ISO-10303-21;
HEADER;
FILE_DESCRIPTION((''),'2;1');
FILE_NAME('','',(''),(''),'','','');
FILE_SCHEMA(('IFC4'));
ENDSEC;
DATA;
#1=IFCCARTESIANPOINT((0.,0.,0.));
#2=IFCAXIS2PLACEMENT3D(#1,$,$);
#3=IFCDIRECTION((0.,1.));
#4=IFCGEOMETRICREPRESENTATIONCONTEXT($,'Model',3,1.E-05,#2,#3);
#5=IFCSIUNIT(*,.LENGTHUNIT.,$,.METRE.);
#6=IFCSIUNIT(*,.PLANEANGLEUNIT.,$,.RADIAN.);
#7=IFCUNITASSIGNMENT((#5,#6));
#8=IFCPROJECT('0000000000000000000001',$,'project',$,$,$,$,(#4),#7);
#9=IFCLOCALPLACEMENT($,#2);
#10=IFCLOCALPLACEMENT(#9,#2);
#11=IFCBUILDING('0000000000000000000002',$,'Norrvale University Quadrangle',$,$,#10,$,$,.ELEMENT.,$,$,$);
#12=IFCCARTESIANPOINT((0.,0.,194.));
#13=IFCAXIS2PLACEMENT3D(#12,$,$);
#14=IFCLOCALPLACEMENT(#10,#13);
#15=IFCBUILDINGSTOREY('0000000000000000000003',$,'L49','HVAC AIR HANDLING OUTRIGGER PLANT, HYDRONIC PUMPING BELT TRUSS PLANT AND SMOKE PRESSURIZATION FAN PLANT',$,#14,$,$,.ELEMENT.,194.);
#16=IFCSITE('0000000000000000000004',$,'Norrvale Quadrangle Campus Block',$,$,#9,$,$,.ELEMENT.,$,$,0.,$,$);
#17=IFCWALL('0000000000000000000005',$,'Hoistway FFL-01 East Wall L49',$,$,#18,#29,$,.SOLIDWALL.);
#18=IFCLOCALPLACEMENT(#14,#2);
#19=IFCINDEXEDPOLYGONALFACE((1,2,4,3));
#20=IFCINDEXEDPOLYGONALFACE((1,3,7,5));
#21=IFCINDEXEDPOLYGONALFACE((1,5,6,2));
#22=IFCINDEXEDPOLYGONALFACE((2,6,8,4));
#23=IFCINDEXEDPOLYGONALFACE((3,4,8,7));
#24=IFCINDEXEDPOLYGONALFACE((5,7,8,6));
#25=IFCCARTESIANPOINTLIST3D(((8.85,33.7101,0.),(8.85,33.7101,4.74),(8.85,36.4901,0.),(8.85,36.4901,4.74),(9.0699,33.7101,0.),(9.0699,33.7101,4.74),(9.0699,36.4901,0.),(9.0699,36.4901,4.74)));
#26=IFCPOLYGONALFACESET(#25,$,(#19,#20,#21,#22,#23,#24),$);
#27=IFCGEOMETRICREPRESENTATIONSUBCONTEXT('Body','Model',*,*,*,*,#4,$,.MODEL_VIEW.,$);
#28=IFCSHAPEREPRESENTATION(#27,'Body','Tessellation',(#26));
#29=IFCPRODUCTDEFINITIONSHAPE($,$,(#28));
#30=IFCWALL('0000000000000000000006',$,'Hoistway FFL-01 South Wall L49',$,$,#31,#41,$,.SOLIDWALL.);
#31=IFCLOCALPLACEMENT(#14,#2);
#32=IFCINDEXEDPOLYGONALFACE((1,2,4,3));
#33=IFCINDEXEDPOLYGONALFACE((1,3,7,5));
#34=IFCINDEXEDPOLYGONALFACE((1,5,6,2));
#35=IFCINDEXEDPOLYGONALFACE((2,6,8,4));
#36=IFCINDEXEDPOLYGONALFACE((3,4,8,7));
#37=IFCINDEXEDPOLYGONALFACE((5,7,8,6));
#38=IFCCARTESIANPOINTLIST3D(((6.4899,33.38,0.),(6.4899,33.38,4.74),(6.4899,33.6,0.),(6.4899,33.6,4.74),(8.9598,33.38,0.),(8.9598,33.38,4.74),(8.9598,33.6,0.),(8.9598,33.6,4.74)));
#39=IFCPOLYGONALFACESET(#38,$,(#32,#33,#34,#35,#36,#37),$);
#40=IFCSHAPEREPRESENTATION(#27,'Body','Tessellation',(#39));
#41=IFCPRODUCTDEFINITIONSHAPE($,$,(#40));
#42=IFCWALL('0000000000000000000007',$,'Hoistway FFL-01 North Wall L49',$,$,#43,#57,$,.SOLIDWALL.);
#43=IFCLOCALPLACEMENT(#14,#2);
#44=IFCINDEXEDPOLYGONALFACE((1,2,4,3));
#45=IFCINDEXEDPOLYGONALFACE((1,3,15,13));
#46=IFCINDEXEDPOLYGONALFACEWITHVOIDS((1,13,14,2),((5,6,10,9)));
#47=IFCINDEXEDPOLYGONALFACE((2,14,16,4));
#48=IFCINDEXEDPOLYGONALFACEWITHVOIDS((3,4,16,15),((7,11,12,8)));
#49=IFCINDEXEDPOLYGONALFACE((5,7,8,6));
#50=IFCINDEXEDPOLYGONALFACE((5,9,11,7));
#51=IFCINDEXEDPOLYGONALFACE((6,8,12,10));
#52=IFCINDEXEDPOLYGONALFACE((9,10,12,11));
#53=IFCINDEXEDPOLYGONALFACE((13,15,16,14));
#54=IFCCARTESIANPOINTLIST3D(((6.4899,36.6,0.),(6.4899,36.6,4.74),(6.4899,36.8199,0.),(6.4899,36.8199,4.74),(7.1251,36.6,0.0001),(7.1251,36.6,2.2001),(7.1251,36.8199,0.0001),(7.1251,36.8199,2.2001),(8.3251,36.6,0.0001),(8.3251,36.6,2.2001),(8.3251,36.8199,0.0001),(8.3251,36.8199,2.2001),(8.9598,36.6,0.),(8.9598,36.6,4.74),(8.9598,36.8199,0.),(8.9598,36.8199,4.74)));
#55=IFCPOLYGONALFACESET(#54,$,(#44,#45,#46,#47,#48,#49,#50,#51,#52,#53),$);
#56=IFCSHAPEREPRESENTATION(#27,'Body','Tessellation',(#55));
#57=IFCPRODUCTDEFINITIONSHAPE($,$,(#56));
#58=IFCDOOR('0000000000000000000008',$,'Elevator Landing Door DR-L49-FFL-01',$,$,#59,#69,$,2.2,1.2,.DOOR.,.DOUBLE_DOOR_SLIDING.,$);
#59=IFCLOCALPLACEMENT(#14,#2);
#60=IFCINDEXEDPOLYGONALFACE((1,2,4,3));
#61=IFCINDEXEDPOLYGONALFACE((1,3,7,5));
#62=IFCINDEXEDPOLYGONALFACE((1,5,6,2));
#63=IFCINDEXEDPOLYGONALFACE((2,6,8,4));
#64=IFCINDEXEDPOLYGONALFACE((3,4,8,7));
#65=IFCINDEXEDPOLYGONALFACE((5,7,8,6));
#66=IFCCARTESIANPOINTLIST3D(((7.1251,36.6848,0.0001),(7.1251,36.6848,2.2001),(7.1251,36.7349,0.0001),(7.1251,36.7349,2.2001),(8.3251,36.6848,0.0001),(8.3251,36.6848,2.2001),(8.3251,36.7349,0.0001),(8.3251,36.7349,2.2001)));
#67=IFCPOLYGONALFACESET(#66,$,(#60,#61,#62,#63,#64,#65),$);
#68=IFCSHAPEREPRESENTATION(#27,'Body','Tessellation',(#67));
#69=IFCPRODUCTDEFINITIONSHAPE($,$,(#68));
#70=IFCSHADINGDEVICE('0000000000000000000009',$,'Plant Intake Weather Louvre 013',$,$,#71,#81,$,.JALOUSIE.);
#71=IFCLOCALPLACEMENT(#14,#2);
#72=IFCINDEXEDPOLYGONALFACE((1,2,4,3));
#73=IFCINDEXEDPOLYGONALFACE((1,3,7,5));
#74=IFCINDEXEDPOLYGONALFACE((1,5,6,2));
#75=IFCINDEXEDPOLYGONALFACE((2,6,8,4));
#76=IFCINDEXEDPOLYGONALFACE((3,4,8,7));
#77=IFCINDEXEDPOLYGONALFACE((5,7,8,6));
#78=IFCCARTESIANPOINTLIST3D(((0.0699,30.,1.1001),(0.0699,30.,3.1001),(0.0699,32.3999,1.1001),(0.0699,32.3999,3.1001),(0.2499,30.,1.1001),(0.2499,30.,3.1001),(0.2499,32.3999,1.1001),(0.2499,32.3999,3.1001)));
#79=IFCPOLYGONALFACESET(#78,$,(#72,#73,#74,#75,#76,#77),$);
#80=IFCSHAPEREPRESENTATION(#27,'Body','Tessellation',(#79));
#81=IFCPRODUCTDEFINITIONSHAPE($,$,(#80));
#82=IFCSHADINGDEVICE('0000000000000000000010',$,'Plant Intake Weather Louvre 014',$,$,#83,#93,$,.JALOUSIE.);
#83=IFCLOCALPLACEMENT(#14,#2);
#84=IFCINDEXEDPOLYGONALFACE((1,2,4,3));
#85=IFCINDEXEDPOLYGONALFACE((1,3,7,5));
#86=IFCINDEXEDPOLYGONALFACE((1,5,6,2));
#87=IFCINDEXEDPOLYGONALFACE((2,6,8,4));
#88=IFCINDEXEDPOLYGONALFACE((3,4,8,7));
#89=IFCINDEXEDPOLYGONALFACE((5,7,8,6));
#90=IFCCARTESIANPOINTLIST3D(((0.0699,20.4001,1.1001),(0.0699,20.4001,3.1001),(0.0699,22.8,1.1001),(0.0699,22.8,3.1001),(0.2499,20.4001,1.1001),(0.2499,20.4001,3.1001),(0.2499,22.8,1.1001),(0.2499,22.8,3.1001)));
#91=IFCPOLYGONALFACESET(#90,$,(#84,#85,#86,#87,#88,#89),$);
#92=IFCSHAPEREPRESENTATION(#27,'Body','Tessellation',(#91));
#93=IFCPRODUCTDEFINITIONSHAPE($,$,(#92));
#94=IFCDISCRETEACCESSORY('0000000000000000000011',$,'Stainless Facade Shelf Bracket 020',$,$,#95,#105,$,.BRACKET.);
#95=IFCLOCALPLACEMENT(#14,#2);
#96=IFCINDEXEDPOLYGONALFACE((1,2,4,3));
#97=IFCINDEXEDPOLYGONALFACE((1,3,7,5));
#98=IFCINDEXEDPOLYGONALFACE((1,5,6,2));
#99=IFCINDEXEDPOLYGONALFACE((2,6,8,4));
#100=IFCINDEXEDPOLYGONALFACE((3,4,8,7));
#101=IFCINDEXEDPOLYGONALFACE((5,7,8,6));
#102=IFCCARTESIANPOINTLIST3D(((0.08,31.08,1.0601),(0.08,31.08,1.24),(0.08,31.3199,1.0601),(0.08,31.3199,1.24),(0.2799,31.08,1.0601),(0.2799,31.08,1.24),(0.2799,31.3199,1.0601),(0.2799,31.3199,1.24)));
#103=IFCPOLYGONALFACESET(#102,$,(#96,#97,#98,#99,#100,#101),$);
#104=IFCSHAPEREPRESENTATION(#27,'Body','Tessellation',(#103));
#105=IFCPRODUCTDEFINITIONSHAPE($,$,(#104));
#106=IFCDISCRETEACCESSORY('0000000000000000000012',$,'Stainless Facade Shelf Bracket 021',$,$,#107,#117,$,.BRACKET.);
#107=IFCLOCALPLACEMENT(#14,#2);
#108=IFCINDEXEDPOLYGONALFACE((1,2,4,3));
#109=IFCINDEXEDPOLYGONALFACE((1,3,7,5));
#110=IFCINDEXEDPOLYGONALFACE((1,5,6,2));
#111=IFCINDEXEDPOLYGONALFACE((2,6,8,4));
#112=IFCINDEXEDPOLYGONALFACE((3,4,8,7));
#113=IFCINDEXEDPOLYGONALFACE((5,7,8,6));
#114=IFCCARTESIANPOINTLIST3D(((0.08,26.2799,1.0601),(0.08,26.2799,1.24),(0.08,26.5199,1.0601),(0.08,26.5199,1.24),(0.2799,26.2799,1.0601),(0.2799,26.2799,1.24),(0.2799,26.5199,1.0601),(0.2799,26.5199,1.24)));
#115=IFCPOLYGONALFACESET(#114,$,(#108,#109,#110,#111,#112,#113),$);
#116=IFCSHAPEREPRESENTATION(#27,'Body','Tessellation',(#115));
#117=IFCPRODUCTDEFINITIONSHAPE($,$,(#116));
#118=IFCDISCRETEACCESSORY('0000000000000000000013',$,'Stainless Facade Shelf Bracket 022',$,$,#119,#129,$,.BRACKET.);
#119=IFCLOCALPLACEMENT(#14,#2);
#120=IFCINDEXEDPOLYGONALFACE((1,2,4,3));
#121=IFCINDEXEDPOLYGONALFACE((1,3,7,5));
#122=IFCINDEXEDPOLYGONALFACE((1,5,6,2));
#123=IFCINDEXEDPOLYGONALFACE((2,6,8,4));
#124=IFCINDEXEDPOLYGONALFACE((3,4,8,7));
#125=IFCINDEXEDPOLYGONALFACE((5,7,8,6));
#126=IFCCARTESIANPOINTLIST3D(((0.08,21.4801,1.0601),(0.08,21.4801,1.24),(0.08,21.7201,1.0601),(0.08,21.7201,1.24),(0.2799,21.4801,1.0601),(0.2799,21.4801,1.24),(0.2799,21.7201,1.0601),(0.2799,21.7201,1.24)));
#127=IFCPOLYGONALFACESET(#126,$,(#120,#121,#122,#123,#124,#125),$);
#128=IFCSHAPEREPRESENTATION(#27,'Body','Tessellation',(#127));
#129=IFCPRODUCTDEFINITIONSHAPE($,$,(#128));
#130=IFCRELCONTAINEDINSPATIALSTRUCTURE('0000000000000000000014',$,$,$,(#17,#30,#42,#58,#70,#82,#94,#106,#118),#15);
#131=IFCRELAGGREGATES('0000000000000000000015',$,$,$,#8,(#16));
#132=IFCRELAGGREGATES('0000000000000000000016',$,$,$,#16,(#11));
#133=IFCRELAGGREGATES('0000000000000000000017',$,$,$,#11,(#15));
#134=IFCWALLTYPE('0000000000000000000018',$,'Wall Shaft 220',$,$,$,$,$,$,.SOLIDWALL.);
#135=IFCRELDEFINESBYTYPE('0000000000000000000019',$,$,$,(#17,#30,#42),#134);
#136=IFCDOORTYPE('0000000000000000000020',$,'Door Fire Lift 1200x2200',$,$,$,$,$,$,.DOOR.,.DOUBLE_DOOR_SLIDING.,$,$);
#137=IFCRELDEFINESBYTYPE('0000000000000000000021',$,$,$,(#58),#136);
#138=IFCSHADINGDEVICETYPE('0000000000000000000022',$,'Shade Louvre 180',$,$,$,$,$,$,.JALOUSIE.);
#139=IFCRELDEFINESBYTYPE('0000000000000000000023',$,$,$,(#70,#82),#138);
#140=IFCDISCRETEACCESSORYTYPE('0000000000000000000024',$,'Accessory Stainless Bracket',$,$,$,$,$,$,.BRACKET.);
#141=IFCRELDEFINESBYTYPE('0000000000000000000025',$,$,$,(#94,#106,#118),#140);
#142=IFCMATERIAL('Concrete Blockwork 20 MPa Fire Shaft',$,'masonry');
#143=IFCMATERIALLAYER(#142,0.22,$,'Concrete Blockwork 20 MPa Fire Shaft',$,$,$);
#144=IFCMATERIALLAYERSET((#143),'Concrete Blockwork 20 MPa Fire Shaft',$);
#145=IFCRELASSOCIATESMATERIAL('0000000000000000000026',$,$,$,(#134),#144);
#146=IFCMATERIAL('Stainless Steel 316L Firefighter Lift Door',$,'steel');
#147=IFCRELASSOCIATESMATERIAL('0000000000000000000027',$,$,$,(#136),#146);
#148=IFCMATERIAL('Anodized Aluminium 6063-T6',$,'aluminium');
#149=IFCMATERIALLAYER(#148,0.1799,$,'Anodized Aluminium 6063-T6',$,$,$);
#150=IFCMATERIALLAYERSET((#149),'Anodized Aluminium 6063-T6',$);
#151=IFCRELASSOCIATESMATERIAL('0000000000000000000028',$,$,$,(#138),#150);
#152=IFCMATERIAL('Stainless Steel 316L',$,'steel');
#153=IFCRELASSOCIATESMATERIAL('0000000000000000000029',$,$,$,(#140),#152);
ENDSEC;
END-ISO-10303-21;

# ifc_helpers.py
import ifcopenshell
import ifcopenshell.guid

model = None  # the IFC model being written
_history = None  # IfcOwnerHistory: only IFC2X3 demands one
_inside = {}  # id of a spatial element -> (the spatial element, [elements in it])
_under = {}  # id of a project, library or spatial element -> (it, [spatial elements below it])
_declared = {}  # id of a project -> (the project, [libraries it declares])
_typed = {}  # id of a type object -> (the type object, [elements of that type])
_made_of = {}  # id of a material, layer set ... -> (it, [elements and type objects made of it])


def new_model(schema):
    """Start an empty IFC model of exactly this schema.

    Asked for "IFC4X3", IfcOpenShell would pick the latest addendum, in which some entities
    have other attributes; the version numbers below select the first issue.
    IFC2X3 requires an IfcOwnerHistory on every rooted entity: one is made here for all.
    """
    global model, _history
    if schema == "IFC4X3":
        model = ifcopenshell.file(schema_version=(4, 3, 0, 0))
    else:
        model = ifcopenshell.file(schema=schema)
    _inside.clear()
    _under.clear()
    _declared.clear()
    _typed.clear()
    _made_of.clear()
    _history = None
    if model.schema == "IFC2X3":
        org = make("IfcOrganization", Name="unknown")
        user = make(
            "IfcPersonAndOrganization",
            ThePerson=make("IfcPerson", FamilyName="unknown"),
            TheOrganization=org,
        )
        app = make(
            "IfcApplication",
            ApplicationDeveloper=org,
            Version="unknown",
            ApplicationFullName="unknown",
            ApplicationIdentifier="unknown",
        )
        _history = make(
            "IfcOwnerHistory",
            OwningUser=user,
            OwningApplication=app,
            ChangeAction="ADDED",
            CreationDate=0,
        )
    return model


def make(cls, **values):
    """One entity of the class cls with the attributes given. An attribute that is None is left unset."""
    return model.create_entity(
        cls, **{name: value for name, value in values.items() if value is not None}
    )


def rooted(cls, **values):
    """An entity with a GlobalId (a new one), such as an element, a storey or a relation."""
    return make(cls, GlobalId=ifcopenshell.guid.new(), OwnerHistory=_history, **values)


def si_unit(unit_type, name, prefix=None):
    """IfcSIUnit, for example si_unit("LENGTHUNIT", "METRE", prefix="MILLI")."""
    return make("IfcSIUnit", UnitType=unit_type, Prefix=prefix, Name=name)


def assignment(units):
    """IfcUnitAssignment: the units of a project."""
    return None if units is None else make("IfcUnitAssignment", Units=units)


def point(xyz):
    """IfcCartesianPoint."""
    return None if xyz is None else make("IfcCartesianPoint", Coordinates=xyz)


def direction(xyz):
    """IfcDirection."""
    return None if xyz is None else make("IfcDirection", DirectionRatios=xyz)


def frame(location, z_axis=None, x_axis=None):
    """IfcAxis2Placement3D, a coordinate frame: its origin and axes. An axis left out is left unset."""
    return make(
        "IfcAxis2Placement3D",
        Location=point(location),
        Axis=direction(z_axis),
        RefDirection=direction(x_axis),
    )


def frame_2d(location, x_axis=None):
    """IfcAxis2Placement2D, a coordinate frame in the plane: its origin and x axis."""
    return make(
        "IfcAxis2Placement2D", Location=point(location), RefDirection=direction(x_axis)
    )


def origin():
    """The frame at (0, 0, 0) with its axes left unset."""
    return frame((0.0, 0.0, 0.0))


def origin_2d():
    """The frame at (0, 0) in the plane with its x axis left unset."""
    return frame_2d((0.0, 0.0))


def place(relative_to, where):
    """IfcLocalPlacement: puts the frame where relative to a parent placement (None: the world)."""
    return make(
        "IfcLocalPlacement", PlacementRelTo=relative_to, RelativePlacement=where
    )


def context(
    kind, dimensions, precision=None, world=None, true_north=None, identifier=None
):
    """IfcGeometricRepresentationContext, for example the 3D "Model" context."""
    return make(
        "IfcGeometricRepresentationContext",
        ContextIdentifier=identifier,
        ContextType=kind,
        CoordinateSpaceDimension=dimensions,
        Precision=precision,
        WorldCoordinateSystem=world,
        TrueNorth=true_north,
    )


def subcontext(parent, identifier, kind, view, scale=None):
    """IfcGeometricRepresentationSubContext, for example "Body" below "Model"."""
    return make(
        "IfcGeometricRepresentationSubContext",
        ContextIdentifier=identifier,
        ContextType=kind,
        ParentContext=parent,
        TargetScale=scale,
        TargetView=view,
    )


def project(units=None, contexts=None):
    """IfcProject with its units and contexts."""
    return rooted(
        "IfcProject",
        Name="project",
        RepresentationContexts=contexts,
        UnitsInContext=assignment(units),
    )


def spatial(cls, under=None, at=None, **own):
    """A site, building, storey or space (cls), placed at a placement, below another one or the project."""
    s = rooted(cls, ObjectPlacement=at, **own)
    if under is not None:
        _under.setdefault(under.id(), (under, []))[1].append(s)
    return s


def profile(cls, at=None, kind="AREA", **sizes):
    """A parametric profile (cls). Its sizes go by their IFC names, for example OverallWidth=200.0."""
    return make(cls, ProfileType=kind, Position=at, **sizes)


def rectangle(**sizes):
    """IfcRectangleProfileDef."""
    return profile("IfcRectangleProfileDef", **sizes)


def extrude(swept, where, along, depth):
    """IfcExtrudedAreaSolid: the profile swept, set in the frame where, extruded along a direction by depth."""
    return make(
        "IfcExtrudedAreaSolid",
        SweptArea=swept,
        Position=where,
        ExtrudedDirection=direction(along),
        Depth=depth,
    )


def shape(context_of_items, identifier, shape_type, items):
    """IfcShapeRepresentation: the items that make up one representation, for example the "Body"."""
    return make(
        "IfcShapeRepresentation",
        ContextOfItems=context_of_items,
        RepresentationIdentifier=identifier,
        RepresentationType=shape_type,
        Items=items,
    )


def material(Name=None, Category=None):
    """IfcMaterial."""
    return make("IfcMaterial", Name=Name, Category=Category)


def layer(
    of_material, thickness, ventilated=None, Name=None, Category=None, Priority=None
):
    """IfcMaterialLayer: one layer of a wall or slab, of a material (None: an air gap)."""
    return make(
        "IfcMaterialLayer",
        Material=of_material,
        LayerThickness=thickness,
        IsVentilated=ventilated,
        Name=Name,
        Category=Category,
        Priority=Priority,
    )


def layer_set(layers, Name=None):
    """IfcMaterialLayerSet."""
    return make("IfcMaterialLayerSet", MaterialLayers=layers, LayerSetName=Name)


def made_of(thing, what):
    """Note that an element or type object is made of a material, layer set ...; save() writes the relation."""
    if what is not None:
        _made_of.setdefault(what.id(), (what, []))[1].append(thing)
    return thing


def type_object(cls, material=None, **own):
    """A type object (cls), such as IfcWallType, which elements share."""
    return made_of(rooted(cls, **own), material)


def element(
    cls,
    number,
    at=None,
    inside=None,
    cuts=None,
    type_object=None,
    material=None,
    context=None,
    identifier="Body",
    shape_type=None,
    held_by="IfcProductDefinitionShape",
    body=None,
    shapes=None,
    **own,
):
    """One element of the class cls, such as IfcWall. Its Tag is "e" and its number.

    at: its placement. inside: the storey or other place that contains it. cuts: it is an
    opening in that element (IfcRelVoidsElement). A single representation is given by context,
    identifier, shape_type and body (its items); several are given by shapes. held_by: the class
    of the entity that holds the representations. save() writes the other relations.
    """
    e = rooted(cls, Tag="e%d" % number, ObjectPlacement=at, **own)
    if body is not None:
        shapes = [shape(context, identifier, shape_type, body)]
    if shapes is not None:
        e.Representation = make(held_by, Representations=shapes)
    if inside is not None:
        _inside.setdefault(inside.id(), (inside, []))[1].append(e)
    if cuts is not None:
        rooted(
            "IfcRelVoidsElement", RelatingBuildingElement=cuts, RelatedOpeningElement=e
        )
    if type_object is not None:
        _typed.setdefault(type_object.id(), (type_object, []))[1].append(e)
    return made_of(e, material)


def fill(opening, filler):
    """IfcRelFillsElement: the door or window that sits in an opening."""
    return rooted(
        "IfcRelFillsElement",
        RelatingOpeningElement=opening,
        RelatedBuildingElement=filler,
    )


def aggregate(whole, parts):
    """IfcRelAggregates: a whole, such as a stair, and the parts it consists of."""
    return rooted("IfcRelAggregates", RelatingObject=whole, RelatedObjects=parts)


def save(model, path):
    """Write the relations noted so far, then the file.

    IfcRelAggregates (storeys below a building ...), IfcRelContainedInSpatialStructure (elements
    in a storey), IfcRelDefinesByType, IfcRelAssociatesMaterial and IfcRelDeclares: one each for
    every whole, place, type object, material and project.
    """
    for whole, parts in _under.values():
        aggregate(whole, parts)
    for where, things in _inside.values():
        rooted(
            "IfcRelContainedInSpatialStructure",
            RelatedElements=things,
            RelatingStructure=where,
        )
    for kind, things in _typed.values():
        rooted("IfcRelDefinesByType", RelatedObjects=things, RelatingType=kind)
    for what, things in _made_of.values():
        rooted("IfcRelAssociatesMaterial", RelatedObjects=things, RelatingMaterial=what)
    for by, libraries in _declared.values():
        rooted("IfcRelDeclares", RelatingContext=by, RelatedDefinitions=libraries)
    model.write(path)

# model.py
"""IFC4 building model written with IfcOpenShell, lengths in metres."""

from ifc_helpers import new_model, si_unit, direction, frame, frame_2d, origin, origin_2d, place, context, subcontext, project, spatial, rectangle, extrude, material, layer, layer_set, type_object, element, fill, save


model = new_model("IFC4")

# Units and contexts
model_context = context("Model", 3, precision=1e-05, world=origin(), true_north=direction((0.0, 1.0)))
body_context = subcontext(model_context, "Body", "Model", "MODEL_VIEW")
ifc_project = project(units=[si_unit("LENGTHUNIT", "METRE"), si_unit("PLANEANGLEUNIT", "RADIAN")], contexts=[model_context])

# Site, building, storey
site_placement = place(None, origin())
site = spatial("IfcSite", under=ifc_project, at=site_placement, Name="Norrvale Quadrangle Campus Block", CompositionType="ELEMENT", RefElevation=0.0)
building_placement = place(site_placement, origin())
building = spatial("IfcBuilding", under=site, at=building_placement, Name="Norrvale University Quadrangle", CompositionType="ELEMENT")
storey_placement = place(building_placement, frame((0.0, 0.0, 194.0)))
storey = spatial("IfcBuildingStorey", under=building, at=storey_placement, Name="L49", Description="HVAC AIR HANDLING OUTRIGGER PLANT, HYDRONIC PUMPING BELT TRUSS PLANT AND SMOKE PRESSURIZATION FAN PLANT", CompositionType="ELEMENT", Elevation=194.0)

# Shared definitions
ifc_material_1 = material(Name="Concrete Blockwork 20 MPa Fire Shaft", Category="masonry")
ifc_layer_1 = layer(ifc_material_1, 0.22, Name="Concrete Blockwork 20 MPa Fire Shaft")
ifc_layer_set_1 = layer_set([ifc_layer_1], Name="Concrete Blockwork 20 MPa Fire Shaft")
wall_type_1 = type_object("IfcWallType", Name="Wall Shaft 220", PredefinedType="SOLIDWALL", material=ifc_layer_set_1)

# Walls
for number, where, z_axis, x_axis, name in (
    (1, (8.96, 33.71, 0.0), (0.0, 0.0, 1.0), (0.0, 1.0, 0.0), "Hoistway FFL-01 East Wall L49"),
):
    element("IfcWall", number, at=place(storey_placement, frame(where, z_axis=z_axis, x_axis=x_axis)), inside=storey, type_object=wall_type_1, Name=name, PredefinedType="SOLIDWALL", context=body_context, shape_type="SweptSolid", body=[
        extrude(rectangle(XDim=2.78, YDim=0.22, at=frame_2d((1.3901, 0.0))), origin(), (0.0, 0.0, 1.0), 4.74),
    ])
wall_1_placement = place(storey_placement, frame((6.49, 33.49, 0.0), z_axis=(0.0, 0.0, 1.0), x_axis=(1.0, 0.0, 0.0)))
element("IfcWall", 2, at=wall_1_placement, inside=storey, type_object=wall_type_1, Name="Hoistway FFL-01 South Wall L49", PredefinedType="SOLIDWALL", context=body_context, shape_type="SweptSolid", body=[
    extrude(rectangle(XDim=2.47, YDim=0.22, at=frame_2d((1.2349, 0.0))), origin(), (0.0, 0.0, 1.0), 4.74),
])

# Wall, opening, door
wall_2_placement = place(storey_placement, frame((6.49, 36.71, 0.0), z_axis=(0.0, 0.0, 1.0), x_axis=(1.0, 0.0, 0.0)))
wall_2 = element("IfcWall", 3, at=wall_2_placement, inside=storey, type_object=wall_type_1, Name="Hoistway FFL-01 North Wall L49", PredefinedType="SOLIDWALL", context=body_context, shape_type="SweptSolid", body=[
    extrude(rectangle(XDim=2.47, YDim=0.22, at=frame_2d((1.2349, 0.0))), origin(), (0.0, 0.0, 1.0), 4.74),
])
opening_1_placement = place(wall_2_placement, frame((0.635, 0.0, 0.0)))
opening_1 = element("IfcOpeningElement", 4, at=opening_1_placement, cuts=wall_2, PredefinedType="OPENING", context=body_context, shape_type="SweptSolid", body=[
    extrude(rectangle(XDim=1.2, YDim=2.2, at=frame_2d((0.6001, 1.1001))), frame((0.0, 0.1221, 0.0), z_axis=(0.0, -1.0, 0.0), x_axis=(1.0, 0.0, 0.0)), (0.0, 0.0, 1.0), 0.2439),
])
ifc_material_2 = material(Name="Stainless Steel 316L Firefighter Lift Door", Category="steel")
door_type_1 = type_object("IfcDoorType", Name="Door Fire Lift 1200x2200", OperationType="DOUBLE_DOOR_SLIDING", PredefinedType="DOOR", material=ifc_material_2)
door_1_placement = place(opening_1_placement, origin())
door_1 = element("IfcDoor", 5, at=door_1_placement, inside=storey, type_object=door_type_1, Name="Elevator Landing Door DR-L49-FFL-01", OperationType="DOUBLE_DOOR_SLIDING", OverallHeight=2.2, OverallWidth=1.2, PredefinedType="DOOR", context=body_context, shape_type="SweptSolid", body=[
    extrude(rectangle(XDim=1.2, YDim=2.2, at=frame_2d((0.6001, 1.1001))), frame((0.0, 0.0249, 0.0), z_axis=(0.0, -1.0, 0.0), x_axis=(1.0, 0.0, 0.0)), (0.0, 0.0, 1.0), 0.05),
])
fill(opening_1, door_1)

# Shading devices
ifc_material_3 = material(Name="Anodized Aluminium 6063-T6", Category="aluminium")
ifc_layer_2 = layer(ifc_material_3, 0.1799, Name="Anodized Aluminium 6063-T6")
ifc_layer_set_2 = layer_set([ifc_layer_2], Name="Anodized Aluminium 6063-T6")
shading_device_type = type_object("IfcShadingDeviceType", Name="Shade Louvre 180", PredefinedType="JALOUSIE", material=ifc_layer_set_2)
for number, where, z_axis, x_axis, name in (
    (6, (0.1599, 31.2, 1.1001), (0.0, 0.0, 1.0), (0.0, -1.0, 0.0), "Plant Intake Weather Louvre 013"),
    (7, (0.1599, 21.6001, 1.1001), (0.0, 0.0, 1.0), (0.0, -1.0, 0.0), "Plant Intake Weather Louvre 014"),
):
    element("IfcShadingDevice", number, at=place(storey_placement, frame(where, z_axis=z_axis, x_axis=x_axis)), inside=storey, type_object=shading_device_type, Name=name, PredefinedType="JALOUSIE", context=body_context, shape_type="SweptSolid", body=[
        extrude(rectangle(XDim=2.3999, YDim=0.1799, at=origin_2d()), origin(), (0.0, 0.0, 1.0), 2.0),
    ])

# Discrete accessories
ifc_material_4 = material(Name="Stainless Steel 316L", Category="steel")
discrete_accessory_type = type_object("IfcDiscreteAccessoryType", Name="Accessory Stainless Bracket", PredefinedType="BRACKET", material=ifc_material_4)
for number, where, z_axis, x_axis, name in (
    (8, (0.1799, 31.2, 1.0601), (0.0, 0.0, 1.0), (0.0, -1.0, 0.0), "Stainless Facade Shelf Bracket 020"),
    (9, (0.1799, 26.3999, 1.0601), (0.0, 0.0, 1.0), (0.0, -1.0, 0.0), "Stainless Facade Shelf Bracket 021"),
    (10, (0.1799, 21.6001, 1.0601), (0.0, 0.0, 1.0), (0.0, -1.0, 0.0), "Stainless Facade Shelf Bracket 022"),
):
    element("IfcDiscreteAccessory", number, at=place(storey_placement, frame(where, z_axis=z_axis, x_axis=x_axis)), inside=storey, type_object=discrete_accessory_type, Name=name, PredefinedType="BRACKET", context=body_context, shape_type="SweptSolid", body=[
        extrude(rectangle(XDim=0.24, YDim=0.2, at=origin_2d()), origin(), (0.0, 0.0, 1.0), 0.1799),
    ])

save(model, "model.ifc")
